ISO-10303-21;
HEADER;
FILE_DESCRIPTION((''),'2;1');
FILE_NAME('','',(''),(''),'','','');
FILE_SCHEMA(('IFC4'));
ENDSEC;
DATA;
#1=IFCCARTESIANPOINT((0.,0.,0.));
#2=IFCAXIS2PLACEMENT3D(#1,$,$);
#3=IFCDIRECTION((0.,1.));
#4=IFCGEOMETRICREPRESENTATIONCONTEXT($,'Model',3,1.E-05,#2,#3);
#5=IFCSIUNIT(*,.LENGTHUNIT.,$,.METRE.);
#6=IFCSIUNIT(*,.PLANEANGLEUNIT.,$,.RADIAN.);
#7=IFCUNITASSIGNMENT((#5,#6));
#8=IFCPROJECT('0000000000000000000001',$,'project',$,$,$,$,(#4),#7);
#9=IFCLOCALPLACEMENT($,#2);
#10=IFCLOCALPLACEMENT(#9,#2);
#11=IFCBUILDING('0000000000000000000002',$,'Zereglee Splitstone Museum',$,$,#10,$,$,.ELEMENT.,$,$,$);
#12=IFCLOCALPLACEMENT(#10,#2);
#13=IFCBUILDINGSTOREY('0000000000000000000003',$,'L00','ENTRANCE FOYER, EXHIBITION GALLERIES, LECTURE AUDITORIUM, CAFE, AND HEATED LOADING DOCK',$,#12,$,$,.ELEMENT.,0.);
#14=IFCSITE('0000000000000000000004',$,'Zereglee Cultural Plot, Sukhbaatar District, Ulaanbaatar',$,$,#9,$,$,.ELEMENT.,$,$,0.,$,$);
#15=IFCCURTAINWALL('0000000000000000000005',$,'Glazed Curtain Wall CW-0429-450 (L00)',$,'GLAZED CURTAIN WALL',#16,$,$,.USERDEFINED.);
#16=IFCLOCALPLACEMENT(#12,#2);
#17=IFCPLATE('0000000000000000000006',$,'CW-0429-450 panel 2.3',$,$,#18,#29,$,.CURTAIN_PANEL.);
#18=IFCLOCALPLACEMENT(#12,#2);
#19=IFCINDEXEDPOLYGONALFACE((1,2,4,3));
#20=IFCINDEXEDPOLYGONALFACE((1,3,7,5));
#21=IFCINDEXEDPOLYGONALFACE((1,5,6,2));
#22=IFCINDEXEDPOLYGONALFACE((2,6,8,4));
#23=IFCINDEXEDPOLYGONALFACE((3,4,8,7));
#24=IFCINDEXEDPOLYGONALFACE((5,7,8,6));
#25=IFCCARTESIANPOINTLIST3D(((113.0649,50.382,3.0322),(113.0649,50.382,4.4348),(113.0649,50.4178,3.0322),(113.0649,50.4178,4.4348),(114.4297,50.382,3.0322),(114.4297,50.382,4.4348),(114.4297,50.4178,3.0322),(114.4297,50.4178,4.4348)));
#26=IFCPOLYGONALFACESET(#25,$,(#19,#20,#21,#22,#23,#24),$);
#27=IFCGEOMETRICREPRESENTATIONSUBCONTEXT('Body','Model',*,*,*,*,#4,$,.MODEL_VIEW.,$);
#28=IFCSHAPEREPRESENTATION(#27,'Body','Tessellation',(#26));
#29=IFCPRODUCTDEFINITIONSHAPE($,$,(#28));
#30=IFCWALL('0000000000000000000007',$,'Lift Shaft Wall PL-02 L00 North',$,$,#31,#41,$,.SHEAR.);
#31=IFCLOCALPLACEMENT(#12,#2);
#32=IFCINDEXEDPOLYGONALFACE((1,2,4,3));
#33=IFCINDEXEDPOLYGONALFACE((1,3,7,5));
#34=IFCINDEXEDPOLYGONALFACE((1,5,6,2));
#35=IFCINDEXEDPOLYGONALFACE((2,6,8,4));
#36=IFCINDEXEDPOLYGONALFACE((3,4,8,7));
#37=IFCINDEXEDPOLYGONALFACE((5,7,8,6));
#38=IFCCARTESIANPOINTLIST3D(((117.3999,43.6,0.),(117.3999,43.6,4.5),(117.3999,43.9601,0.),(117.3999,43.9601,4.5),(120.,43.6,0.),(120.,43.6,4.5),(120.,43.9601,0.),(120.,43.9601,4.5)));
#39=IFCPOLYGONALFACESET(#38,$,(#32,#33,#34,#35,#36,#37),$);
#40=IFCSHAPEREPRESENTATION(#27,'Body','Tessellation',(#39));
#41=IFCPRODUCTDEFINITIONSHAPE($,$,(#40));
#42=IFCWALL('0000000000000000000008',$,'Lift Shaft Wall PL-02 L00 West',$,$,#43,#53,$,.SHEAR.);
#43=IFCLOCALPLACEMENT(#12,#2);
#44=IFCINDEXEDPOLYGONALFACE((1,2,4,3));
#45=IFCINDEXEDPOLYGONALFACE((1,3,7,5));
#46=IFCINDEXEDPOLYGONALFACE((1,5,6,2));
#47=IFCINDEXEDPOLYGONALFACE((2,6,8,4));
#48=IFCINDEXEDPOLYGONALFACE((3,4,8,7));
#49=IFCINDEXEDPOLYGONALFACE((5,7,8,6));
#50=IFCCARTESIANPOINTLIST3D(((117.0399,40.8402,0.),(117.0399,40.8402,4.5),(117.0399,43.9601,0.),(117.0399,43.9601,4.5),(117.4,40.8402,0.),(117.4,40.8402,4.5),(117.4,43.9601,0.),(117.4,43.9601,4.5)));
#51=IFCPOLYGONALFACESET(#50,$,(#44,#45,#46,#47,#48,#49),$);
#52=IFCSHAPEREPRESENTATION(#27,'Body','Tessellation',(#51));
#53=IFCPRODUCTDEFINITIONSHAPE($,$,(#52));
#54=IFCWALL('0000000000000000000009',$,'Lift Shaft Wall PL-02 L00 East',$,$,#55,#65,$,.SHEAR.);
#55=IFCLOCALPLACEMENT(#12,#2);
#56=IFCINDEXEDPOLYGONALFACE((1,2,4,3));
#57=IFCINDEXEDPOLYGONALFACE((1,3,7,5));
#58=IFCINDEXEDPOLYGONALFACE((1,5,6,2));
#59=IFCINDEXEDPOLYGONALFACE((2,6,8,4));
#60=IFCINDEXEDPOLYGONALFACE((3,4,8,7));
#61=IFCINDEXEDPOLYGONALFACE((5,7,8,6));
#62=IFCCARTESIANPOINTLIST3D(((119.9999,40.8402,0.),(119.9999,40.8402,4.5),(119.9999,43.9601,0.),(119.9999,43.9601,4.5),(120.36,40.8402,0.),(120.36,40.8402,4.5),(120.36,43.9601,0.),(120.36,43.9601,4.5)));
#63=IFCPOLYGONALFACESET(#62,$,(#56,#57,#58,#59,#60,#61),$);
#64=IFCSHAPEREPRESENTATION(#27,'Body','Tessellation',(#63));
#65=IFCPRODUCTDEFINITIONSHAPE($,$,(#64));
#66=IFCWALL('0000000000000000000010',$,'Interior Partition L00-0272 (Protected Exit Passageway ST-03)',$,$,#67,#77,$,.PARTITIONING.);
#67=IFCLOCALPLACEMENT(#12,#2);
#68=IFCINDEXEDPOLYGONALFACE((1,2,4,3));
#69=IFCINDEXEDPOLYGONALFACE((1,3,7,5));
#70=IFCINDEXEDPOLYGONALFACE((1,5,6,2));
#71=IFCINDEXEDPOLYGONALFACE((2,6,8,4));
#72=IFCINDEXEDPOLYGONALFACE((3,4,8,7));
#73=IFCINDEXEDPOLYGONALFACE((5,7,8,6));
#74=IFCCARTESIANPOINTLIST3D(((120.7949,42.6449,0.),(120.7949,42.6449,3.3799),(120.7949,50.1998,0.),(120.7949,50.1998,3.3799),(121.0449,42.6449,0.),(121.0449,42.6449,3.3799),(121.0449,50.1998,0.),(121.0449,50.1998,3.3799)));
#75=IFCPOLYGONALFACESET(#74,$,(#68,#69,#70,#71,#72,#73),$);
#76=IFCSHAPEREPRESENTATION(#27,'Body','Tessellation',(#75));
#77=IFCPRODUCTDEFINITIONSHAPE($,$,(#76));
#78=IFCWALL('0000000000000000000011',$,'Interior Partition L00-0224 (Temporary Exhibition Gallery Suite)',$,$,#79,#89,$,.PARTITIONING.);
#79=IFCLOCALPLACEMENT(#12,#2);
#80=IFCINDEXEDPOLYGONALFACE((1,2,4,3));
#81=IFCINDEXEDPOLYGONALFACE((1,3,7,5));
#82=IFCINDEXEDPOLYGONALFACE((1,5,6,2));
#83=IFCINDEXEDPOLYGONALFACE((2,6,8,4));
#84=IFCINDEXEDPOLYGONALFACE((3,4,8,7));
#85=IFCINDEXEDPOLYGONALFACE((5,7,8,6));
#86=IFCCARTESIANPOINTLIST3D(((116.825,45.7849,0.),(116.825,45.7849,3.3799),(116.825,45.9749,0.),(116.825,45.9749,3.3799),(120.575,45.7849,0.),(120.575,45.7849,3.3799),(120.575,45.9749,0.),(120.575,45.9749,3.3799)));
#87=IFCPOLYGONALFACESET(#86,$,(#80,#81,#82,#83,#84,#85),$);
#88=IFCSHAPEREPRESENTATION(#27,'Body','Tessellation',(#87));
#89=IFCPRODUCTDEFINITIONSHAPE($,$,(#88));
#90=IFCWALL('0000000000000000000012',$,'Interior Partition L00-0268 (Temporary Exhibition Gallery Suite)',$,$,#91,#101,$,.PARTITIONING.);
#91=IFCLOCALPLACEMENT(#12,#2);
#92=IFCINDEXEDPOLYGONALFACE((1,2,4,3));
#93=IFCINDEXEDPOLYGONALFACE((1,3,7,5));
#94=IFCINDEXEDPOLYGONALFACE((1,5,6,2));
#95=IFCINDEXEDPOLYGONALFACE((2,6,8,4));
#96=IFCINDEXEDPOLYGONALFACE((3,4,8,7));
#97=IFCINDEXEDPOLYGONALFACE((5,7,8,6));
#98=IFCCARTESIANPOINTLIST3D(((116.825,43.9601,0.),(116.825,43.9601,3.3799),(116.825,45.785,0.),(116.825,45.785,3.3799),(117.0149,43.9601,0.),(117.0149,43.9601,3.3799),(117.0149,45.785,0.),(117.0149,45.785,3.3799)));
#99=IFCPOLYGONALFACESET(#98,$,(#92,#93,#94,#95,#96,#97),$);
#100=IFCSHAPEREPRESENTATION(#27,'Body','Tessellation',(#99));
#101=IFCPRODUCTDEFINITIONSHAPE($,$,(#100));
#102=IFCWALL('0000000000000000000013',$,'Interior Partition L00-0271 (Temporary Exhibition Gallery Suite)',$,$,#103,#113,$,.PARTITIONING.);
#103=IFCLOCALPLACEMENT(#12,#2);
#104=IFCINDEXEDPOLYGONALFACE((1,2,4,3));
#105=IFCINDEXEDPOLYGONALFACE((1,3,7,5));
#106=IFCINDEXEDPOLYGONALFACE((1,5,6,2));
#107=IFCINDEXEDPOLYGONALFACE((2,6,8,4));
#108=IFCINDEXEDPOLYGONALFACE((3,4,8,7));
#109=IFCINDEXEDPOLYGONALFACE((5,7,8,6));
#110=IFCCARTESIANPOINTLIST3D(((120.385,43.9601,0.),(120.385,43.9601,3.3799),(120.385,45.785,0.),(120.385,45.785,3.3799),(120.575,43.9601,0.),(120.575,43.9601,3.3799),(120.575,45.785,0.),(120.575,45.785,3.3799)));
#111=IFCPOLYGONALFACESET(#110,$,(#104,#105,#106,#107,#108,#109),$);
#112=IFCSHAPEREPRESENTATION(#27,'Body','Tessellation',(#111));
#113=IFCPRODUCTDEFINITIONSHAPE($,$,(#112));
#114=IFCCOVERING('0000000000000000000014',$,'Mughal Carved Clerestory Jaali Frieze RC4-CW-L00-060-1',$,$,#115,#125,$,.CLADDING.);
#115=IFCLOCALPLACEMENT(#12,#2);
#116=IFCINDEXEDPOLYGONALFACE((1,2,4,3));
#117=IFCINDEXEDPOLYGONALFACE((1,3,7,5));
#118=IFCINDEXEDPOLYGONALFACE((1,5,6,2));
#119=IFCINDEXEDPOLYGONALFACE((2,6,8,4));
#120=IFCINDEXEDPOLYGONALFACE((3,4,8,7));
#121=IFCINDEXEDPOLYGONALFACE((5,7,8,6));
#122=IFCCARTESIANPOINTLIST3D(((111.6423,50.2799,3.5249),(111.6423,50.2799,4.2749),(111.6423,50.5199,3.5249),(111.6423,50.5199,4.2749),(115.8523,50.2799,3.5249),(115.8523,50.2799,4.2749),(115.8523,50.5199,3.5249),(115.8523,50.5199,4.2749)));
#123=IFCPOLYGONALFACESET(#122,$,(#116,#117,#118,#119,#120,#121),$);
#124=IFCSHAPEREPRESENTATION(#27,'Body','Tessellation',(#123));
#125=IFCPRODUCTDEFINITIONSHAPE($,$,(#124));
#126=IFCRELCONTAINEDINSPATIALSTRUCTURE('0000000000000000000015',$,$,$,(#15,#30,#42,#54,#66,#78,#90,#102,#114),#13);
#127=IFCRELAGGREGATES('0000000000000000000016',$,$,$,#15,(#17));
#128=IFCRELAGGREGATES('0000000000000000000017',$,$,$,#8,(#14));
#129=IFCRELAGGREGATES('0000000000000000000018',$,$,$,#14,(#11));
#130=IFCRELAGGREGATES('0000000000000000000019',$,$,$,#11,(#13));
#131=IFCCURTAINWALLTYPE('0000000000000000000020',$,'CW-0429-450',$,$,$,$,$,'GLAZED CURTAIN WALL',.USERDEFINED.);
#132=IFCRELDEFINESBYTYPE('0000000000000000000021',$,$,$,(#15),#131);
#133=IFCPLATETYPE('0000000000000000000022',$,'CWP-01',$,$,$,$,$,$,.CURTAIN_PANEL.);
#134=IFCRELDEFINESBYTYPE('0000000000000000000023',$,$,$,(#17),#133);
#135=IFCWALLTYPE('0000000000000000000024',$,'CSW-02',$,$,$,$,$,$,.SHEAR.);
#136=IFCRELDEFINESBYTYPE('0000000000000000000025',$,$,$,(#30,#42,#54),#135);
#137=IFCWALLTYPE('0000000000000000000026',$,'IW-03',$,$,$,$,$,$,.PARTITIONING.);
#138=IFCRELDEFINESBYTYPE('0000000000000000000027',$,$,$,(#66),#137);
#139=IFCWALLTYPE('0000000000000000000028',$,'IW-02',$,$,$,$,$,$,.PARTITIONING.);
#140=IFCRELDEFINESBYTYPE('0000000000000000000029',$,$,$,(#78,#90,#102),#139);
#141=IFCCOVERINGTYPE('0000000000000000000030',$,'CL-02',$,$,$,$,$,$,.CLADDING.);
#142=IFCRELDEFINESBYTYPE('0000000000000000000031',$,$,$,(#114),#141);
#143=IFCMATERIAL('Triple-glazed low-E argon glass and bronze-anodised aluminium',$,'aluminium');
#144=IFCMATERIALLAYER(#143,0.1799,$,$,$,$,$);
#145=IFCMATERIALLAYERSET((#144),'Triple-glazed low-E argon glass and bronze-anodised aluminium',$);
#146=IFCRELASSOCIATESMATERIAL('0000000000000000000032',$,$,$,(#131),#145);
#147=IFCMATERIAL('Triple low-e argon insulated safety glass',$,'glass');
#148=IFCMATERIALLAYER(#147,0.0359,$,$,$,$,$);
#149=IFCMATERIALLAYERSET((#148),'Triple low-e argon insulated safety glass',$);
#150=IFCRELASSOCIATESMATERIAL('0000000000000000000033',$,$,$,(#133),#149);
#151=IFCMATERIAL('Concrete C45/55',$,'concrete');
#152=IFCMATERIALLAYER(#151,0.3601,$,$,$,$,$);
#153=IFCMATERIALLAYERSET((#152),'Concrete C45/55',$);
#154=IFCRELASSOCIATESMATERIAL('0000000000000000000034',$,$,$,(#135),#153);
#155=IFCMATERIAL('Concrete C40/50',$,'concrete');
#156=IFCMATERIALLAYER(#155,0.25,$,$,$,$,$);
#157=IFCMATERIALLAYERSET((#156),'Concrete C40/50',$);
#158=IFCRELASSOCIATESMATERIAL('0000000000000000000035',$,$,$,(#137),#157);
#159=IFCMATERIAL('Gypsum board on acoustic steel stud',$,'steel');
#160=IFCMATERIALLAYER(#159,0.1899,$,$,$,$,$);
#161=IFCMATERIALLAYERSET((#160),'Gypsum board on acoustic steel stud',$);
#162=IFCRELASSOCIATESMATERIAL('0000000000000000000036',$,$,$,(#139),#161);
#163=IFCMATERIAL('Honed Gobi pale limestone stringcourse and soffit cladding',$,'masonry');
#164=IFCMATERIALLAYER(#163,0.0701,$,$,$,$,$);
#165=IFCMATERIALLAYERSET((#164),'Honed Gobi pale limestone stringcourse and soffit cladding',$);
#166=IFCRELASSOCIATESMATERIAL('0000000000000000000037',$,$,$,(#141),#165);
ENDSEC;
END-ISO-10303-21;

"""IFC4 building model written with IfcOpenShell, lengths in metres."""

from ifc_helpers import new_model, si_unit, direction, frame, frame_2d, origin, origin_2d, place, context, subcontext, project, spatial, rectangle, extrude, material, layer, layer_set, type_object, element, aggregate, save


model = new_model("IFC4")

# Units and contexts
model_context = context("Model", 3, precision=1e-05, world=origin(), true_north=direction((0.0, 1.0)))
body_context = subcontext(model_context, "Body", "Model", "MODEL_VIEW")
ifc_project = project(units=[si_unit("LENGTHUNIT", "METRE"), si_unit("PLANEANGLEUNIT", "RADIAN")], contexts=[model_context])

# Site, building, storey
site_placement = place(None, origin())
site = spatial("IfcSite", under=ifc_project, at=site_placement, Name="Zereglee Cultural Plot, Sukhbaatar District, Ulaanbaatar", CompositionType="ELEMENT", RefElevation=0.0)
building_placement = place(site_placement, origin())
building = spatial("IfcBuilding", under=site, at=building_placement, Name="Zereglee Splitstone Museum", CompositionType="ELEMENT")
storey_placement = place(building_placement, origin())
storey = spatial("IfcBuildingStorey", under=building, at=storey_placement, Name="L00", Description="ENTRANCE FOYER, EXHIBITION GALLERIES, LECTURE AUDITORIUM, CAFE, AND HEATED LOADING DOCK", CompositionType="ELEMENT", Elevation=0.0)

# Curtain wall
ifc_material_1 = material(Name="Triple-glazed low-E argon glass and bronze-anodised aluminium", Category="aluminium")
ifc_layer_1 = layer(ifc_material_1, 0.1799)
ifc_layer_set_1 = layer_set([ifc_layer_1], Name="Triple-glazed low-E argon glass and bronze-anodised aluminium")
curtain_wall_type = type_object("IfcCurtainWallType", Name="CW-0429-450", ElementType="GLAZED CURTAIN WALL", PredefinedType="USERDEFINED", material=ifc_layer_set_1)
curtain_wall_placement = place(storey_placement, origin())
curtain_wall = element("IfcCurtainWall", 1, at=curtain_wall_placement, inside=storey, type_object=curtain_wall_type, Name="Glazed Curtain Wall CW-0429-450 (L00)", ObjectType="GLAZED CURTAIN WALL", PredefinedType="USERDEFINED")

# Plate
ifc_material_2 = material(Name="Triple low-e argon insulated safety glass", Category="glass")
ifc_layer_2 = layer(ifc_material_2, 0.0359)
ifc_layer_set_2 = layer_set([ifc_layer_2], Name="Triple low-e argon insulated safety glass")
plate_type = type_object("IfcPlateType", Name="CWP-01", PredefinedType="CURTAIN_PANEL", material=ifc_layer_set_2)
plate_1_placement = place(storey_placement, frame((113.7473, 50.3999, 3.0322), z_axis=(0.0, 0.0, 1.0), x_axis=(-1.0, 0.0, 0.0)))
plate_1 = element("IfcPlate", 2, at=plate_1_placement, type_object=plate_type, Name="CW-0429-450 panel 2.3", PredefinedType="CURTAIN_PANEL", context=body_context, shape_type="SweptSolid", body=[
    extrude(rectangle(XDim=1.3647, YDim=0.0359, at=origin_2d()), origin(), (0.0, 0.0, 1.0), 1.4026),
])
aggregate(curtain_wall, [plate_1])

# Wall
ifc_material_3 = material(Name="Concrete C45/55", Category="concrete")
ifc_layer_3 = layer(ifc_material_3, 0.3601)
ifc_layer_set_3 = layer_set([ifc_layer_3], Name="Concrete C45/55")
wall_type_1 = type_object("IfcWallType", Name="CSW-02", PredefinedType="SHEAR", material=ifc_layer_set_3)
wall_1_placement = place(storey_placement, frame((117.3999, 43.78, 0.0), z_axis=(0.0, 0.0, 1.0), x_axis=(1.0, 0.0, 0.0)))
element("IfcWall", 3, at=wall_1_placement, inside=storey, type_object=wall_type_1, Name="Lift Shaft Wall PL-02 L00 North", PredefinedType="SHEAR", context=body_context, shape_type="SweptSolid", body=[
    extrude(rectangle(XDim=2.6001, YDim=0.3601, at=frame_2d((1.3, 0.0))), origin(), (0.0, 0.0, 1.0), 4.5),
])

# Walls
for number, where, z_axis, x_axis, name in (
    (4, (117.22, 40.8401, 0.0), (0.0, 0.0, 1.0), (0.0, 1.0, 0.0), "Lift Shaft Wall PL-02 L00 West"),
    (5, (120.1799, 40.8401, 0.0), (0.0, 0.0, 1.0), (0.0, 1.0, 0.0), "Lift Shaft Wall PL-02 L00 East"),
):
    element("IfcWall", number, at=place(storey_placement, frame(where, z_axis=z_axis, x_axis=x_axis)), inside=storey, type_object=wall_type_1, Name=name, PredefinedType="SHEAR", context=body_context, shape_type="SweptSolid", body=[
        extrude(rectangle(XDim=3.1199, YDim=0.3601, at=frame_2d((1.5601, 0.0))), origin(), (0.0, 0.0, 1.0), 4.5),
    ])

# Shared definitions
ifc_material_4 = material(Name="Concrete C40/50", Category="concrete")
ifc_layer_4 = layer(ifc_material_4, 0.25)
ifc_layer_set_4 = layer_set([ifc_layer_4], Name="Concrete C40/50")
wall_type_2 = type_object("IfcWallType", Name="IW-03", PredefinedType="PARTITIONING", material=ifc_layer_set_4)

# Walls
wall_2_placement = place(storey_placement, frame((120.9199, 42.645, 0.0), z_axis=(0.0, 0.0, 1.0), x_axis=(0.0, 1.0, 0.0)))
element("IfcWall", 6, at=wall_2_placement, inside=storey, type_object=wall_type_2, Name="Interior Partition L00-0272 (Protected Exit Passageway ST-03)", PredefinedType="PARTITIONING", context=body_context, shape_type="SweptSolid", body=[
    extrude(rectangle(XDim=7.5549, YDim=0.25, at=frame_2d((3.7773, 0.0))), origin(), (0.0, 0.0, 1.0), 3.3799),
])
ifc_material_5 = material(Name="Gypsum board on acoustic steel stud", Category="steel")
ifc_layer_5 = layer(ifc_material_5, 0.1899)
ifc_layer_set_5 = layer_set([ifc_layer_5], Name="Gypsum board on acoustic steel stud")
wall_type_3 = type_object("IfcWallType", Name="IW-02", PredefinedType="PARTITIONING", material=ifc_layer_set_5)
wall_3_placement = place(storey_placement, frame((116.825, 45.8799, 0.0), z_axis=(0.0, 0.0, 1.0), x_axis=(1.0, 0.0, 0.0)))
element("IfcWall", 7, at=wall_3_placement, inside=storey, type_object=wall_type_3, Name="Interior Partition L00-0224 (Temporary Exhibition Gallery Suite)", PredefinedType="PARTITIONING", context=body_context, shape_type="SweptSolid", body=[
    extrude(rectangle(XDim=3.75, YDim=0.1899, at=frame_2d((1.875, 0.0))), origin(), (0.0, 0.0, 1.0), 3.3799),
])
for number, where, z_axis, x_axis, name in (
    (8, (116.9199, 43.96, 0.0), (0.0, 0.0, 1.0), (0.0, 1.0, 0.0), "Interior Partition L00-0268 (Temporary Exhibition Gallery Suite)"),
    (9, (120.48, 43.96, 0.0), (0.0, 0.0, 1.0), (0.0, 1.0, 0.0), "Interior Partition L00-0271 (Temporary Exhibition Gallery Suite)"),
):
    element("IfcWall", number, at=place(storey_placement, frame(where, z_axis=z_axis, x_axis=x_axis)), inside=storey, type_object=wall_type_3, Name=name, PredefinedType="PARTITIONING", context=body_context, shape_type="SweptSolid", body=[
        extrude(rectangle(XDim=1.825, YDim=0.1899, at=frame_2d((0.9126, 0.0))), origin(), (0.0, 0.0, 1.0), 3.3799),
    ])

# Covering
ifc_material_6 = material(Name="Honed Gobi pale limestone stringcourse and soffit cladding", Category="masonry")
ifc_layer_6 = layer(ifc_material_6, 0.0701)
ifc_layer_set_6 = layer_set([ifc_layer_6], Name="Honed Gobi pale limestone stringcourse and soffit cladding")
covering_type = type_object("IfcCoveringType", Name="CL-02", PredefinedType="CLADDING", material=ifc_layer_set_6)
covering_placement = place(storey_placement, frame((113.7473, 50.3999, 3.5249), z_axis=(0.0, 0.0, 1.0), x_axis=(-1.0, 0.0, 0.0)))
element("IfcCovering", 10, at=covering_placement, inside=storey, type_object=covering_type, Name="Mughal Carved Clerestory Jaali Frieze RC4-CW-L00-060-1", PredefinedType="CLADDING", context=body_context, shape_type="SweptSolid", body=[
    extrude(rectangle(XDim=4.21, YDim=0.24, at=origin_2d()), origin(), (0.0, 0.0, 1.0), 0.75),
])

save(model, "model.ifc")
